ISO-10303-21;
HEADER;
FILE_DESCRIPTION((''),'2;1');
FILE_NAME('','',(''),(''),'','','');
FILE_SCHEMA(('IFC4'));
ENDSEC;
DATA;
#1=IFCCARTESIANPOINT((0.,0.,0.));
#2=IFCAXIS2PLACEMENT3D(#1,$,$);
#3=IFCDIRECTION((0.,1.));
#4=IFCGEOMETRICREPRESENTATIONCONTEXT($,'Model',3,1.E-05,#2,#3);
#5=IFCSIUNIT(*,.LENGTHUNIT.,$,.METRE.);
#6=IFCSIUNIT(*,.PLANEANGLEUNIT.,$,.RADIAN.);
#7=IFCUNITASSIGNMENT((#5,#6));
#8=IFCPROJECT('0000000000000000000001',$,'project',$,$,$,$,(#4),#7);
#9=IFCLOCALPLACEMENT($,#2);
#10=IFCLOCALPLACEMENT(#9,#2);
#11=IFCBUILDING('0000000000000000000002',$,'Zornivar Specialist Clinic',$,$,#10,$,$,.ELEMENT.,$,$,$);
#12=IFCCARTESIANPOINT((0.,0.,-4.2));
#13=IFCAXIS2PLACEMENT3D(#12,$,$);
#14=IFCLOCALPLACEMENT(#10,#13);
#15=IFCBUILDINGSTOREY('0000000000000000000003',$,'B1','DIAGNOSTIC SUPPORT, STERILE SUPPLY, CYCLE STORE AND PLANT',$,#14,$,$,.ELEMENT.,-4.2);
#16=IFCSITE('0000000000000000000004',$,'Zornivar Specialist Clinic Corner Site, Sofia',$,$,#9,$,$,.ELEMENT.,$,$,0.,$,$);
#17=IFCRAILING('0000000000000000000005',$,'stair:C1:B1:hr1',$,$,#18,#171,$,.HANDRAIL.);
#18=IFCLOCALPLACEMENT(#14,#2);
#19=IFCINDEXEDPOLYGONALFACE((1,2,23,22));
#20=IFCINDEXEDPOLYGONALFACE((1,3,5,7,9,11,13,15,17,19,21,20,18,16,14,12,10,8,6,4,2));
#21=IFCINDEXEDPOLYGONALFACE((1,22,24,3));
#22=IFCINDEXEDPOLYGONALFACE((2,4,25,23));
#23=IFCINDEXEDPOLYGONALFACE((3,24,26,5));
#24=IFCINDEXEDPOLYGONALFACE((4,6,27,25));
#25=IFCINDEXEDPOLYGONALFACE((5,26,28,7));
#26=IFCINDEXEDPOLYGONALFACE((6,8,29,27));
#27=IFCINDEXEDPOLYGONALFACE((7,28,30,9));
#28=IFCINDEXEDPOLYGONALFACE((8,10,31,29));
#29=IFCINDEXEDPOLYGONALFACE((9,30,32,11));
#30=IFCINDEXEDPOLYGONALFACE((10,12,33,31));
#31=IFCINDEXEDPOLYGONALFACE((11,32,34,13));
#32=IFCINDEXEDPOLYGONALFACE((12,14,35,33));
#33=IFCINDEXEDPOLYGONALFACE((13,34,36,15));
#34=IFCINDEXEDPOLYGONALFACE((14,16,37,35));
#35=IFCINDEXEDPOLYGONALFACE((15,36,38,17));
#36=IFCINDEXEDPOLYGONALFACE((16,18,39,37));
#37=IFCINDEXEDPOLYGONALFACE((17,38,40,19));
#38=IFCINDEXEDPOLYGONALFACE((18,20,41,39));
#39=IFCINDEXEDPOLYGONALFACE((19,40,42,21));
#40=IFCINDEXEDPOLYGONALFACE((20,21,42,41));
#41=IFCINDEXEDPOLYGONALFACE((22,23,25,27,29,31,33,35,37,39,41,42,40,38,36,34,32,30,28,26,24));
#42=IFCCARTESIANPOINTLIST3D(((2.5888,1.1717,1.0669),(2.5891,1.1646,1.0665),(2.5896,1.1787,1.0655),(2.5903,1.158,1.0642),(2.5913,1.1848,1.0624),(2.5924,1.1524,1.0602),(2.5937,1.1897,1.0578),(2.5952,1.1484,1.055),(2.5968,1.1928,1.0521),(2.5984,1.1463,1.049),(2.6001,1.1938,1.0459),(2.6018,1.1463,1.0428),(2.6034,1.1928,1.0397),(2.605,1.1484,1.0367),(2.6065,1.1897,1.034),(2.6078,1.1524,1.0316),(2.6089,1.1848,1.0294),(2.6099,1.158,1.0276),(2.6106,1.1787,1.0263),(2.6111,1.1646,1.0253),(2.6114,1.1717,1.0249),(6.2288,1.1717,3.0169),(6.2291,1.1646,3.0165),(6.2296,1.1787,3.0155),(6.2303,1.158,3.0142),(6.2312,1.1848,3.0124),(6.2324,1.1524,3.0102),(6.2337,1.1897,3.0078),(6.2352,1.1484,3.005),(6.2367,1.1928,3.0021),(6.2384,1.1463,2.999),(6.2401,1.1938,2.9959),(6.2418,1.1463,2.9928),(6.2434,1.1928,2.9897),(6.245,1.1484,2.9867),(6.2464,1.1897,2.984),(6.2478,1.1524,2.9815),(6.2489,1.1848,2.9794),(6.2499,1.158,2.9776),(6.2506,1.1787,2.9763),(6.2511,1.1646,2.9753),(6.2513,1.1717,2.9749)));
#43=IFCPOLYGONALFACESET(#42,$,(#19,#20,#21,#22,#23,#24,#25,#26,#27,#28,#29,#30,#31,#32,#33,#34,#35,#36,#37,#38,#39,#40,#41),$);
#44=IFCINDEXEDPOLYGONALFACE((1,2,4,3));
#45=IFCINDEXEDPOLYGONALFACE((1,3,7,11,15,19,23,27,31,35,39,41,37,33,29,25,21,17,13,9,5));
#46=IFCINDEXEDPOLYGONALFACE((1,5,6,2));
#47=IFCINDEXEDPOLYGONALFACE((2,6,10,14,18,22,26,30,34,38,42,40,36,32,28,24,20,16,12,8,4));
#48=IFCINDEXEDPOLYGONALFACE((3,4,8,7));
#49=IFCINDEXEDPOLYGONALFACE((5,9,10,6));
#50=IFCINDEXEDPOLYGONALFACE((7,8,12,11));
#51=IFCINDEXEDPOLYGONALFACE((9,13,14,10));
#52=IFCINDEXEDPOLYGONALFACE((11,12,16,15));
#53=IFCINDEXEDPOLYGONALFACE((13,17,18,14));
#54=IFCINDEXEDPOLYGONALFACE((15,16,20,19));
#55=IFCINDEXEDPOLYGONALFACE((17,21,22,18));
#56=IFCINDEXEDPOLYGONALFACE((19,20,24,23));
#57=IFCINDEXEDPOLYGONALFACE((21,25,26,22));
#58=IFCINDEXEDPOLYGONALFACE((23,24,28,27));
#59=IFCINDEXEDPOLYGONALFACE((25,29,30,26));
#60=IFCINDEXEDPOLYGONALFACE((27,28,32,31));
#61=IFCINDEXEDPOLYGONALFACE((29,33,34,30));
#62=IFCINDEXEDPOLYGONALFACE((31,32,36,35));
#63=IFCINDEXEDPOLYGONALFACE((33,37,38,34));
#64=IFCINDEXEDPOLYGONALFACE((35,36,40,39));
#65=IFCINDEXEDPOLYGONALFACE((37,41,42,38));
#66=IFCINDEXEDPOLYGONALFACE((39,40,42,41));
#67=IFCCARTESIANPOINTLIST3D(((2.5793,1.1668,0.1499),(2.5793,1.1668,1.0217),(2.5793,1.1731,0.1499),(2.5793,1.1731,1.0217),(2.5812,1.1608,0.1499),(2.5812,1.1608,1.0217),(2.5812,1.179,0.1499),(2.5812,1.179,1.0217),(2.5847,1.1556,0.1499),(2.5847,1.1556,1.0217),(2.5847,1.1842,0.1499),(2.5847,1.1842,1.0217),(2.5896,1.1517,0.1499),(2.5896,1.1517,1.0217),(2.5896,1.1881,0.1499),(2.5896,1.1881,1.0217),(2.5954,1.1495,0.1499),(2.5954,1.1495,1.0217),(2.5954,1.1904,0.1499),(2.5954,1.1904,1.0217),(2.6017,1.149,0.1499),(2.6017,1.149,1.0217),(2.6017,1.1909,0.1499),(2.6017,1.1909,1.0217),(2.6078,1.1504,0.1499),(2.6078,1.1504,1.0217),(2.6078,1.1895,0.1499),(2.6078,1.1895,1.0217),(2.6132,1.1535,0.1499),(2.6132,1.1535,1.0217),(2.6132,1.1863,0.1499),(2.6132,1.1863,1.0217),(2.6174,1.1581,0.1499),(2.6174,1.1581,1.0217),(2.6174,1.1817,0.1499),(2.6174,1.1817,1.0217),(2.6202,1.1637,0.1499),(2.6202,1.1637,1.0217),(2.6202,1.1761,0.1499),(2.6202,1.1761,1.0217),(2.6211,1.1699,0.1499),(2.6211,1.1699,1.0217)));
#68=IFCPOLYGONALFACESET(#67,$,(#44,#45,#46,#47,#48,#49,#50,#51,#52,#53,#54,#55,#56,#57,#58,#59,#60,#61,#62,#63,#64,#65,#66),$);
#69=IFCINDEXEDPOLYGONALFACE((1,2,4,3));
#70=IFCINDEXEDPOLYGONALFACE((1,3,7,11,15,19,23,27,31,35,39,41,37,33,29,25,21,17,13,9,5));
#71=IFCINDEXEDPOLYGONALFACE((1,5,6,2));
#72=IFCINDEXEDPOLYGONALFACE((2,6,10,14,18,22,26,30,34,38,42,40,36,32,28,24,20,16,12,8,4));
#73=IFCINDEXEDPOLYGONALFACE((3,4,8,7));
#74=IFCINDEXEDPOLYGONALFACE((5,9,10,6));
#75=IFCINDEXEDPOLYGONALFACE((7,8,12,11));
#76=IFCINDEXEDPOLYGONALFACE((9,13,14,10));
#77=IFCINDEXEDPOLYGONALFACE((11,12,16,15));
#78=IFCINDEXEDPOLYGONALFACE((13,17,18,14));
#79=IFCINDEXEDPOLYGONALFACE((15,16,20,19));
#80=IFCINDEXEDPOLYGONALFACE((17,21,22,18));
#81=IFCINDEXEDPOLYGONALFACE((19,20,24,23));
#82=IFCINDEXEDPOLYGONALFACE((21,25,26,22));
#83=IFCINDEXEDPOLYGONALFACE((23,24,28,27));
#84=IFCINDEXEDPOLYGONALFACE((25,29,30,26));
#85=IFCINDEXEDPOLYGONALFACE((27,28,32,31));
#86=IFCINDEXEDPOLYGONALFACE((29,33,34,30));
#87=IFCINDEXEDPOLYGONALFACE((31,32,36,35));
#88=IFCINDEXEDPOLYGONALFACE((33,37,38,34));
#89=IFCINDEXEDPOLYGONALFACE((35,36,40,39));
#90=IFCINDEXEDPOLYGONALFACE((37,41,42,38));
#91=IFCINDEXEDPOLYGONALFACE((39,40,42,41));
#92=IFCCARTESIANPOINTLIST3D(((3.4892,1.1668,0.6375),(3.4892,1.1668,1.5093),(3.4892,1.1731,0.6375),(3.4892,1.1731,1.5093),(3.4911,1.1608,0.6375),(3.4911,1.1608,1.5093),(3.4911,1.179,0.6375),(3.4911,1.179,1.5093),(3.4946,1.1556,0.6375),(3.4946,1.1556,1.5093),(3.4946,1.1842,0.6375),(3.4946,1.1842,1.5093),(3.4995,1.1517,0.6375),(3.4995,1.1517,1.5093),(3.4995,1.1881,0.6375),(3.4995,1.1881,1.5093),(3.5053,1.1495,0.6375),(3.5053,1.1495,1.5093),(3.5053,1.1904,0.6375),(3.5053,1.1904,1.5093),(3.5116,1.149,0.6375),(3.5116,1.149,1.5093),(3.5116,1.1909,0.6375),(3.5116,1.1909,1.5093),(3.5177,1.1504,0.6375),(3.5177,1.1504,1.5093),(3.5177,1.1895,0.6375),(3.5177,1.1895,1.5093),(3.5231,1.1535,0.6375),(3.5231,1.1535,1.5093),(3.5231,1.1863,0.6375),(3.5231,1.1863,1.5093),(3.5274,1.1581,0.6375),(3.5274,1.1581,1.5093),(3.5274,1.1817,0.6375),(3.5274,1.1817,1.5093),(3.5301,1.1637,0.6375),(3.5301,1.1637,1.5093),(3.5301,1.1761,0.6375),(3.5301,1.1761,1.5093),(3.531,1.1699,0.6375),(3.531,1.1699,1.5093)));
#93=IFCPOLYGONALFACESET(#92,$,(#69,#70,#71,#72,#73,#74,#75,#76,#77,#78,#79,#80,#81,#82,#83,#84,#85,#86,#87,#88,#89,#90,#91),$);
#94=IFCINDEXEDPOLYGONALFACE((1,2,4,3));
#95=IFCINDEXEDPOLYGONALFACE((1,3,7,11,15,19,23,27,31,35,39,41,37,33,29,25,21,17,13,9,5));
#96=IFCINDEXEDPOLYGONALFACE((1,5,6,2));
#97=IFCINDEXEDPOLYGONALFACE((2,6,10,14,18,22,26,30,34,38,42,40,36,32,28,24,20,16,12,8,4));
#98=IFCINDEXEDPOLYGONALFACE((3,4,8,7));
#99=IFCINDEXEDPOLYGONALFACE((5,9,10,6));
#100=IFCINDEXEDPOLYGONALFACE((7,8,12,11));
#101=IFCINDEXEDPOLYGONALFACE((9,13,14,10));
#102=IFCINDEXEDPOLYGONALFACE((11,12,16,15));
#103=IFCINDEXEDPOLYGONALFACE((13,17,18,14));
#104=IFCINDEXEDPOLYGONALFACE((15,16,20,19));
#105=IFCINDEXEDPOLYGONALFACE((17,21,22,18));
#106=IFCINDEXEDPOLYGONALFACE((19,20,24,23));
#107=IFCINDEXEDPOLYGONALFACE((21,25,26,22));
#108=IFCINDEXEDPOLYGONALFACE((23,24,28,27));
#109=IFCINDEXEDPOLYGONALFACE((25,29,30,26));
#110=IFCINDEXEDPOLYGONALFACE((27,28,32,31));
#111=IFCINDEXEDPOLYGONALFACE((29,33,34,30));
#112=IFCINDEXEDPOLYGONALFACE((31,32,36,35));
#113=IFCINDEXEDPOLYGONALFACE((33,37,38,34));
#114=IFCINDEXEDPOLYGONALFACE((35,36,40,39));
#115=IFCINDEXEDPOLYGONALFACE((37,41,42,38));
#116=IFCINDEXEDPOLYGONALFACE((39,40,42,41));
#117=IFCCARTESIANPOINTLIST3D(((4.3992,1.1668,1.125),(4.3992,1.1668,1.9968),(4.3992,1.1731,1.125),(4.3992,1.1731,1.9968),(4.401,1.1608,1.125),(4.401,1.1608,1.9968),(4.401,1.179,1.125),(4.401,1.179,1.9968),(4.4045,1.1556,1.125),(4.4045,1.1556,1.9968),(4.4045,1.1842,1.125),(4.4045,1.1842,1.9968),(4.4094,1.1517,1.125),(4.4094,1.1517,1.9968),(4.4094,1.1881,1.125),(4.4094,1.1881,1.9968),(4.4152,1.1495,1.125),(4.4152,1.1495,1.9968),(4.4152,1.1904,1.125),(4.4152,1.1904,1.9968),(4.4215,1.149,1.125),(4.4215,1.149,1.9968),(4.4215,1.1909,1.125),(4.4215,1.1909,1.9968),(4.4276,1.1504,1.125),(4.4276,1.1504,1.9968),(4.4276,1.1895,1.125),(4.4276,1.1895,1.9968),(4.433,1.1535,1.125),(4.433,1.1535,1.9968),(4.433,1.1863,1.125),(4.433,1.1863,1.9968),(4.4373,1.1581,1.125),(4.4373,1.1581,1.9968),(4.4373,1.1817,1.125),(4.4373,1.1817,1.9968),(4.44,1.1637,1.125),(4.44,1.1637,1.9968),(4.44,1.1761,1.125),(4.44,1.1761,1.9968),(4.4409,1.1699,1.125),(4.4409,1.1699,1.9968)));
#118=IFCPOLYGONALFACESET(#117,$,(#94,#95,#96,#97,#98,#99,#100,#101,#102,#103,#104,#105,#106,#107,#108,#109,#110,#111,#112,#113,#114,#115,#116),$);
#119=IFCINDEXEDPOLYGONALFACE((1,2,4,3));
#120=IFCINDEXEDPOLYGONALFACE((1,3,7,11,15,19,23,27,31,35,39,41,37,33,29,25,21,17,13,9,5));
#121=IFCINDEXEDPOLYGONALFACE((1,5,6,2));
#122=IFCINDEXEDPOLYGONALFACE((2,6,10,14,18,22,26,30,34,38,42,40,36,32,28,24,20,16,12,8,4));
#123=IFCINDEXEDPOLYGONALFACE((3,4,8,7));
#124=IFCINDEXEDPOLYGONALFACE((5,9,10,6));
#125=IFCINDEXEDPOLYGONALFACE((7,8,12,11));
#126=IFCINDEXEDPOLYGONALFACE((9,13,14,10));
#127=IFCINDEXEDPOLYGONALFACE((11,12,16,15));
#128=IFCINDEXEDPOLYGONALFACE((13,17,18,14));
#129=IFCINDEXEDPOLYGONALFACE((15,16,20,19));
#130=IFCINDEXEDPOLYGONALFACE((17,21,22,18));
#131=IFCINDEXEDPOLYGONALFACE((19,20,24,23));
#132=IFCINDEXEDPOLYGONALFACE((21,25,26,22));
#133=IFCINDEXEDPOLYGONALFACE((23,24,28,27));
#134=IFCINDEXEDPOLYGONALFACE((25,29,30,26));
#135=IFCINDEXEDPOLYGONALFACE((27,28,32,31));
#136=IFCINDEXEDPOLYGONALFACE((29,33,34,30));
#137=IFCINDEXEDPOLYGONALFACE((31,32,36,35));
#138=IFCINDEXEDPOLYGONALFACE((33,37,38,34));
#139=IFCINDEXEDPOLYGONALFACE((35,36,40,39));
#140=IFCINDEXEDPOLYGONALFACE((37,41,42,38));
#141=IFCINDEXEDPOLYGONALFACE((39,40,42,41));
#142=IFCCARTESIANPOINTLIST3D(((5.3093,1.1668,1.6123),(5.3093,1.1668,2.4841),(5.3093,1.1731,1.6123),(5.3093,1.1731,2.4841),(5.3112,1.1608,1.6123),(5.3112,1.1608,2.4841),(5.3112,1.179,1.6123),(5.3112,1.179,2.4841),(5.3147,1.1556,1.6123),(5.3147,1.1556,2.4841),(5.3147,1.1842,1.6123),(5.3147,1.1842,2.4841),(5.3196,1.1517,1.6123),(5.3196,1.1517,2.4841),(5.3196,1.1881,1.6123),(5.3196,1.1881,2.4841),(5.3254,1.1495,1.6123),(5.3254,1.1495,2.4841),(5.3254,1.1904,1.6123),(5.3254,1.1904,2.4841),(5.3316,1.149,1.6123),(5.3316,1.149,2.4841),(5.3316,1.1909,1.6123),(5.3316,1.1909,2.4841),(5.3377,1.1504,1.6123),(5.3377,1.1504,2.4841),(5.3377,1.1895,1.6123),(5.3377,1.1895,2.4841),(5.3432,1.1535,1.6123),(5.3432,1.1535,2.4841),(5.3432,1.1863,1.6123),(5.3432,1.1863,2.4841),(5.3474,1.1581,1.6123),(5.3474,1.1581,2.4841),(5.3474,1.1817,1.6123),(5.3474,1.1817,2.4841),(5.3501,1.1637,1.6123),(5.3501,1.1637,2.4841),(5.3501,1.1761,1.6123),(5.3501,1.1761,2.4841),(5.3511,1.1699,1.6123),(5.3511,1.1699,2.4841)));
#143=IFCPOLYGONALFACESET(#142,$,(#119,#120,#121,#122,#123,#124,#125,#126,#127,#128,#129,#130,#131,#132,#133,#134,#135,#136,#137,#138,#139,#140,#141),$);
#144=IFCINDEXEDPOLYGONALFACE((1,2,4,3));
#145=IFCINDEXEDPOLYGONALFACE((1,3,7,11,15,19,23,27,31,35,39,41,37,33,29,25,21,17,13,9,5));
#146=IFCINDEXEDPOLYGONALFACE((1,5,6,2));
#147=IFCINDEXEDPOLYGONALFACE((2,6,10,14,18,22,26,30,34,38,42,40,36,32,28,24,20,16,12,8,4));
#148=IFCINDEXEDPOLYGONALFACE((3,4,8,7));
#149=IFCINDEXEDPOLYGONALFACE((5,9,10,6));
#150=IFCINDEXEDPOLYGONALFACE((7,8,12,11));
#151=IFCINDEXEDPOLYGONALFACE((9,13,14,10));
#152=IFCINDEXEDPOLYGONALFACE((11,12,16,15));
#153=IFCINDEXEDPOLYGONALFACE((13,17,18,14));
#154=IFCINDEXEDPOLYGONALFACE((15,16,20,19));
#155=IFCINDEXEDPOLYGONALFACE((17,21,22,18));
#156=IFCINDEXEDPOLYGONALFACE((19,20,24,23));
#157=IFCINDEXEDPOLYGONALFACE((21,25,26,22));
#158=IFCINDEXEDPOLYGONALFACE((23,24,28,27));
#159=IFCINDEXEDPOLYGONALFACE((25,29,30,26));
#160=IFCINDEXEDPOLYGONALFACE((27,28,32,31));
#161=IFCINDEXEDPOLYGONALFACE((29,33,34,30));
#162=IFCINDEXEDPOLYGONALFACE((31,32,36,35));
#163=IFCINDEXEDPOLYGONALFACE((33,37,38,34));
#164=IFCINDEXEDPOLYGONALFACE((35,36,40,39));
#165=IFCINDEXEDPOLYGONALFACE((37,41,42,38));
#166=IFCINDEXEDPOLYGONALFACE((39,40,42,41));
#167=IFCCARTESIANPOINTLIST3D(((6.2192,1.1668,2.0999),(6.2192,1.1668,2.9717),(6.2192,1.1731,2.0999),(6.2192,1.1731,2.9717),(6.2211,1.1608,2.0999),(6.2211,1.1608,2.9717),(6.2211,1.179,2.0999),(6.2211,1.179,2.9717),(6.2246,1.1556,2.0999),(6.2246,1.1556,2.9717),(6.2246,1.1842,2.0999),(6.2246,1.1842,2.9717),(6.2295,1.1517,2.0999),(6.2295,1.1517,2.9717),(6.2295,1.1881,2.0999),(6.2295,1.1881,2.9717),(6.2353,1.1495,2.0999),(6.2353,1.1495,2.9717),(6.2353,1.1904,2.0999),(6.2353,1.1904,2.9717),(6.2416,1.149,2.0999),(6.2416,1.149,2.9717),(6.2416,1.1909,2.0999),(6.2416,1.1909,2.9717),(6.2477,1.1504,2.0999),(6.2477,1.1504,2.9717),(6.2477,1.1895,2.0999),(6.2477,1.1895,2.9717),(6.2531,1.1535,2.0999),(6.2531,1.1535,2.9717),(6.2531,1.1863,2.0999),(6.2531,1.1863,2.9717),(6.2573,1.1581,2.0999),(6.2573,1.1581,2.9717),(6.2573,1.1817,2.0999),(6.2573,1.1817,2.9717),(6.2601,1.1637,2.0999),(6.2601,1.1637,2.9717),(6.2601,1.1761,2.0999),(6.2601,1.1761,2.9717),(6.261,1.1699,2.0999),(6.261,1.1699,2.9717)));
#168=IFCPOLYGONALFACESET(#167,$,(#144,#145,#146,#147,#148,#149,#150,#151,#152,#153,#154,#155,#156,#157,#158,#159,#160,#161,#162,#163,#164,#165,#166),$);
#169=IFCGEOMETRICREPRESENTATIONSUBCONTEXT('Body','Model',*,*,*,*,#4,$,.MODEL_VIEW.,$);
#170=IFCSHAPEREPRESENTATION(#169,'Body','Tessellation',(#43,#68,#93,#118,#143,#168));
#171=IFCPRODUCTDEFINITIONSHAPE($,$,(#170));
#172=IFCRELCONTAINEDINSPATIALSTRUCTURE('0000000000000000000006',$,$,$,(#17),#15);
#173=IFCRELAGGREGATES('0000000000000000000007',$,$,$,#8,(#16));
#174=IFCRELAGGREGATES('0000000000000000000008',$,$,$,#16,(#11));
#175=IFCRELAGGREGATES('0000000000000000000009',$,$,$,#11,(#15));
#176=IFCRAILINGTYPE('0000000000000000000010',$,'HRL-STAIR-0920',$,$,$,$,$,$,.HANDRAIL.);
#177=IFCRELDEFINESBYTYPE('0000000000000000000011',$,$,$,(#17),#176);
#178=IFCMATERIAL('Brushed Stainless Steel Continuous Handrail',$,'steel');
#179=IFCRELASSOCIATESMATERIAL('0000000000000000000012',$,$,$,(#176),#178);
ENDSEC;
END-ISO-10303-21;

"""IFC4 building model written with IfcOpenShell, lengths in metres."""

from ifc_helpers import new_model, si_unit, direction, frame, origin, origin_2d, place, context, subcontext, project, spatial, circle, extrude, material, type_object, element, save


model = new_model("IFC4")

# Units and contexts
model_context = context("Model", 3, precision=1e-05, world=origin(), true_north=direction((0.0, 1.0)))
body_context = subcontext(model_context, "Body", "Model", "MODEL_VIEW")
ifc_project = project(units=[si_unit("LENGTHUNIT", "METRE"), si_unit("PLANEANGLEUNIT", "RADIAN")], contexts=[model_context])

# Site, building, storey
site_placement = place(None, origin())
site = spatial("IfcSite", under=ifc_project, at=site_placement, Name="Zornivar Specialist Clinic Corner Site, Sofia", CompositionType="ELEMENT", RefElevation=0.0)
building_placement = place(site_placement, origin())
building = spatial("IfcBuilding", under=site, at=building_placement, Name="Zornivar Specialist Clinic", CompositionType="ELEMENT")
storey_placement = place(building_placement, frame((0.0, 0.0, -4.2)))
storey = spatial("IfcBuildingStorey", under=building, at=storey_placement, Name="B1", Description="DIAGNOSTIC SUPPORT, STERILE SUPPLY, CYCLE STORE AND PLANT", CompositionType="ELEMENT", Elevation=-4.2)

# Railing
ifc_material_1 = material(Name="Brushed Stainless Steel Continuous Handrail", Category="steel")
railing_type_1 = type_object("IfcRailingType", Name="HRL-STAIR-0920", PredefinedType="HANDRAIL", material=ifc_material_1)
railing_1_placement = place(storey_placement, frame((2.6001, 1.1699, 0.1499)))
element("IfcRailing", 1, at=railing_1_placement, inside=storey, type_object=railing_type_1, Name="stair:C1:B1:hr1", PredefinedType="HANDRAIL", context=body_context, shape_type="SweptSolid", body=[
    extrude(circle(Radius=0.0239, at=origin_2d()), frame((0.0, 0.0, 0.896), z_axis=(0.881479, 0.0, 0.472223), x_axis=(0.0, 1.0, 0.0)), (0.0, 0.0, 1.0), 4.1294),
    extrude(circle(Radius=0.021, at=origin_2d()), origin(), (0.0, 0.0, 1.0), 0.8718),
    extrude(circle(Radius=0.021, at=origin_2d()), frame((0.9099, 0.0, 0.4875)), (0.0, 0.0, 1.0), 0.8718),
    extrude(circle(Radius=0.021, at=origin_2d()), frame((1.8198, 0.0, 0.9751)), (0.0, 0.0, 1.0), 0.8718),
    extrude(circle(Radius=0.021, at=origin_2d()), frame((2.73, 0.0, 1.4624)), (0.0, 0.0, 1.0), 0.8718),
    extrude(circle(Radius=0.021, at=origin_2d()), frame((3.6399, 0.0, 1.95)), (0.0, 0.0, 1.0), 0.8718),
])

save(model, "model.ifc")
